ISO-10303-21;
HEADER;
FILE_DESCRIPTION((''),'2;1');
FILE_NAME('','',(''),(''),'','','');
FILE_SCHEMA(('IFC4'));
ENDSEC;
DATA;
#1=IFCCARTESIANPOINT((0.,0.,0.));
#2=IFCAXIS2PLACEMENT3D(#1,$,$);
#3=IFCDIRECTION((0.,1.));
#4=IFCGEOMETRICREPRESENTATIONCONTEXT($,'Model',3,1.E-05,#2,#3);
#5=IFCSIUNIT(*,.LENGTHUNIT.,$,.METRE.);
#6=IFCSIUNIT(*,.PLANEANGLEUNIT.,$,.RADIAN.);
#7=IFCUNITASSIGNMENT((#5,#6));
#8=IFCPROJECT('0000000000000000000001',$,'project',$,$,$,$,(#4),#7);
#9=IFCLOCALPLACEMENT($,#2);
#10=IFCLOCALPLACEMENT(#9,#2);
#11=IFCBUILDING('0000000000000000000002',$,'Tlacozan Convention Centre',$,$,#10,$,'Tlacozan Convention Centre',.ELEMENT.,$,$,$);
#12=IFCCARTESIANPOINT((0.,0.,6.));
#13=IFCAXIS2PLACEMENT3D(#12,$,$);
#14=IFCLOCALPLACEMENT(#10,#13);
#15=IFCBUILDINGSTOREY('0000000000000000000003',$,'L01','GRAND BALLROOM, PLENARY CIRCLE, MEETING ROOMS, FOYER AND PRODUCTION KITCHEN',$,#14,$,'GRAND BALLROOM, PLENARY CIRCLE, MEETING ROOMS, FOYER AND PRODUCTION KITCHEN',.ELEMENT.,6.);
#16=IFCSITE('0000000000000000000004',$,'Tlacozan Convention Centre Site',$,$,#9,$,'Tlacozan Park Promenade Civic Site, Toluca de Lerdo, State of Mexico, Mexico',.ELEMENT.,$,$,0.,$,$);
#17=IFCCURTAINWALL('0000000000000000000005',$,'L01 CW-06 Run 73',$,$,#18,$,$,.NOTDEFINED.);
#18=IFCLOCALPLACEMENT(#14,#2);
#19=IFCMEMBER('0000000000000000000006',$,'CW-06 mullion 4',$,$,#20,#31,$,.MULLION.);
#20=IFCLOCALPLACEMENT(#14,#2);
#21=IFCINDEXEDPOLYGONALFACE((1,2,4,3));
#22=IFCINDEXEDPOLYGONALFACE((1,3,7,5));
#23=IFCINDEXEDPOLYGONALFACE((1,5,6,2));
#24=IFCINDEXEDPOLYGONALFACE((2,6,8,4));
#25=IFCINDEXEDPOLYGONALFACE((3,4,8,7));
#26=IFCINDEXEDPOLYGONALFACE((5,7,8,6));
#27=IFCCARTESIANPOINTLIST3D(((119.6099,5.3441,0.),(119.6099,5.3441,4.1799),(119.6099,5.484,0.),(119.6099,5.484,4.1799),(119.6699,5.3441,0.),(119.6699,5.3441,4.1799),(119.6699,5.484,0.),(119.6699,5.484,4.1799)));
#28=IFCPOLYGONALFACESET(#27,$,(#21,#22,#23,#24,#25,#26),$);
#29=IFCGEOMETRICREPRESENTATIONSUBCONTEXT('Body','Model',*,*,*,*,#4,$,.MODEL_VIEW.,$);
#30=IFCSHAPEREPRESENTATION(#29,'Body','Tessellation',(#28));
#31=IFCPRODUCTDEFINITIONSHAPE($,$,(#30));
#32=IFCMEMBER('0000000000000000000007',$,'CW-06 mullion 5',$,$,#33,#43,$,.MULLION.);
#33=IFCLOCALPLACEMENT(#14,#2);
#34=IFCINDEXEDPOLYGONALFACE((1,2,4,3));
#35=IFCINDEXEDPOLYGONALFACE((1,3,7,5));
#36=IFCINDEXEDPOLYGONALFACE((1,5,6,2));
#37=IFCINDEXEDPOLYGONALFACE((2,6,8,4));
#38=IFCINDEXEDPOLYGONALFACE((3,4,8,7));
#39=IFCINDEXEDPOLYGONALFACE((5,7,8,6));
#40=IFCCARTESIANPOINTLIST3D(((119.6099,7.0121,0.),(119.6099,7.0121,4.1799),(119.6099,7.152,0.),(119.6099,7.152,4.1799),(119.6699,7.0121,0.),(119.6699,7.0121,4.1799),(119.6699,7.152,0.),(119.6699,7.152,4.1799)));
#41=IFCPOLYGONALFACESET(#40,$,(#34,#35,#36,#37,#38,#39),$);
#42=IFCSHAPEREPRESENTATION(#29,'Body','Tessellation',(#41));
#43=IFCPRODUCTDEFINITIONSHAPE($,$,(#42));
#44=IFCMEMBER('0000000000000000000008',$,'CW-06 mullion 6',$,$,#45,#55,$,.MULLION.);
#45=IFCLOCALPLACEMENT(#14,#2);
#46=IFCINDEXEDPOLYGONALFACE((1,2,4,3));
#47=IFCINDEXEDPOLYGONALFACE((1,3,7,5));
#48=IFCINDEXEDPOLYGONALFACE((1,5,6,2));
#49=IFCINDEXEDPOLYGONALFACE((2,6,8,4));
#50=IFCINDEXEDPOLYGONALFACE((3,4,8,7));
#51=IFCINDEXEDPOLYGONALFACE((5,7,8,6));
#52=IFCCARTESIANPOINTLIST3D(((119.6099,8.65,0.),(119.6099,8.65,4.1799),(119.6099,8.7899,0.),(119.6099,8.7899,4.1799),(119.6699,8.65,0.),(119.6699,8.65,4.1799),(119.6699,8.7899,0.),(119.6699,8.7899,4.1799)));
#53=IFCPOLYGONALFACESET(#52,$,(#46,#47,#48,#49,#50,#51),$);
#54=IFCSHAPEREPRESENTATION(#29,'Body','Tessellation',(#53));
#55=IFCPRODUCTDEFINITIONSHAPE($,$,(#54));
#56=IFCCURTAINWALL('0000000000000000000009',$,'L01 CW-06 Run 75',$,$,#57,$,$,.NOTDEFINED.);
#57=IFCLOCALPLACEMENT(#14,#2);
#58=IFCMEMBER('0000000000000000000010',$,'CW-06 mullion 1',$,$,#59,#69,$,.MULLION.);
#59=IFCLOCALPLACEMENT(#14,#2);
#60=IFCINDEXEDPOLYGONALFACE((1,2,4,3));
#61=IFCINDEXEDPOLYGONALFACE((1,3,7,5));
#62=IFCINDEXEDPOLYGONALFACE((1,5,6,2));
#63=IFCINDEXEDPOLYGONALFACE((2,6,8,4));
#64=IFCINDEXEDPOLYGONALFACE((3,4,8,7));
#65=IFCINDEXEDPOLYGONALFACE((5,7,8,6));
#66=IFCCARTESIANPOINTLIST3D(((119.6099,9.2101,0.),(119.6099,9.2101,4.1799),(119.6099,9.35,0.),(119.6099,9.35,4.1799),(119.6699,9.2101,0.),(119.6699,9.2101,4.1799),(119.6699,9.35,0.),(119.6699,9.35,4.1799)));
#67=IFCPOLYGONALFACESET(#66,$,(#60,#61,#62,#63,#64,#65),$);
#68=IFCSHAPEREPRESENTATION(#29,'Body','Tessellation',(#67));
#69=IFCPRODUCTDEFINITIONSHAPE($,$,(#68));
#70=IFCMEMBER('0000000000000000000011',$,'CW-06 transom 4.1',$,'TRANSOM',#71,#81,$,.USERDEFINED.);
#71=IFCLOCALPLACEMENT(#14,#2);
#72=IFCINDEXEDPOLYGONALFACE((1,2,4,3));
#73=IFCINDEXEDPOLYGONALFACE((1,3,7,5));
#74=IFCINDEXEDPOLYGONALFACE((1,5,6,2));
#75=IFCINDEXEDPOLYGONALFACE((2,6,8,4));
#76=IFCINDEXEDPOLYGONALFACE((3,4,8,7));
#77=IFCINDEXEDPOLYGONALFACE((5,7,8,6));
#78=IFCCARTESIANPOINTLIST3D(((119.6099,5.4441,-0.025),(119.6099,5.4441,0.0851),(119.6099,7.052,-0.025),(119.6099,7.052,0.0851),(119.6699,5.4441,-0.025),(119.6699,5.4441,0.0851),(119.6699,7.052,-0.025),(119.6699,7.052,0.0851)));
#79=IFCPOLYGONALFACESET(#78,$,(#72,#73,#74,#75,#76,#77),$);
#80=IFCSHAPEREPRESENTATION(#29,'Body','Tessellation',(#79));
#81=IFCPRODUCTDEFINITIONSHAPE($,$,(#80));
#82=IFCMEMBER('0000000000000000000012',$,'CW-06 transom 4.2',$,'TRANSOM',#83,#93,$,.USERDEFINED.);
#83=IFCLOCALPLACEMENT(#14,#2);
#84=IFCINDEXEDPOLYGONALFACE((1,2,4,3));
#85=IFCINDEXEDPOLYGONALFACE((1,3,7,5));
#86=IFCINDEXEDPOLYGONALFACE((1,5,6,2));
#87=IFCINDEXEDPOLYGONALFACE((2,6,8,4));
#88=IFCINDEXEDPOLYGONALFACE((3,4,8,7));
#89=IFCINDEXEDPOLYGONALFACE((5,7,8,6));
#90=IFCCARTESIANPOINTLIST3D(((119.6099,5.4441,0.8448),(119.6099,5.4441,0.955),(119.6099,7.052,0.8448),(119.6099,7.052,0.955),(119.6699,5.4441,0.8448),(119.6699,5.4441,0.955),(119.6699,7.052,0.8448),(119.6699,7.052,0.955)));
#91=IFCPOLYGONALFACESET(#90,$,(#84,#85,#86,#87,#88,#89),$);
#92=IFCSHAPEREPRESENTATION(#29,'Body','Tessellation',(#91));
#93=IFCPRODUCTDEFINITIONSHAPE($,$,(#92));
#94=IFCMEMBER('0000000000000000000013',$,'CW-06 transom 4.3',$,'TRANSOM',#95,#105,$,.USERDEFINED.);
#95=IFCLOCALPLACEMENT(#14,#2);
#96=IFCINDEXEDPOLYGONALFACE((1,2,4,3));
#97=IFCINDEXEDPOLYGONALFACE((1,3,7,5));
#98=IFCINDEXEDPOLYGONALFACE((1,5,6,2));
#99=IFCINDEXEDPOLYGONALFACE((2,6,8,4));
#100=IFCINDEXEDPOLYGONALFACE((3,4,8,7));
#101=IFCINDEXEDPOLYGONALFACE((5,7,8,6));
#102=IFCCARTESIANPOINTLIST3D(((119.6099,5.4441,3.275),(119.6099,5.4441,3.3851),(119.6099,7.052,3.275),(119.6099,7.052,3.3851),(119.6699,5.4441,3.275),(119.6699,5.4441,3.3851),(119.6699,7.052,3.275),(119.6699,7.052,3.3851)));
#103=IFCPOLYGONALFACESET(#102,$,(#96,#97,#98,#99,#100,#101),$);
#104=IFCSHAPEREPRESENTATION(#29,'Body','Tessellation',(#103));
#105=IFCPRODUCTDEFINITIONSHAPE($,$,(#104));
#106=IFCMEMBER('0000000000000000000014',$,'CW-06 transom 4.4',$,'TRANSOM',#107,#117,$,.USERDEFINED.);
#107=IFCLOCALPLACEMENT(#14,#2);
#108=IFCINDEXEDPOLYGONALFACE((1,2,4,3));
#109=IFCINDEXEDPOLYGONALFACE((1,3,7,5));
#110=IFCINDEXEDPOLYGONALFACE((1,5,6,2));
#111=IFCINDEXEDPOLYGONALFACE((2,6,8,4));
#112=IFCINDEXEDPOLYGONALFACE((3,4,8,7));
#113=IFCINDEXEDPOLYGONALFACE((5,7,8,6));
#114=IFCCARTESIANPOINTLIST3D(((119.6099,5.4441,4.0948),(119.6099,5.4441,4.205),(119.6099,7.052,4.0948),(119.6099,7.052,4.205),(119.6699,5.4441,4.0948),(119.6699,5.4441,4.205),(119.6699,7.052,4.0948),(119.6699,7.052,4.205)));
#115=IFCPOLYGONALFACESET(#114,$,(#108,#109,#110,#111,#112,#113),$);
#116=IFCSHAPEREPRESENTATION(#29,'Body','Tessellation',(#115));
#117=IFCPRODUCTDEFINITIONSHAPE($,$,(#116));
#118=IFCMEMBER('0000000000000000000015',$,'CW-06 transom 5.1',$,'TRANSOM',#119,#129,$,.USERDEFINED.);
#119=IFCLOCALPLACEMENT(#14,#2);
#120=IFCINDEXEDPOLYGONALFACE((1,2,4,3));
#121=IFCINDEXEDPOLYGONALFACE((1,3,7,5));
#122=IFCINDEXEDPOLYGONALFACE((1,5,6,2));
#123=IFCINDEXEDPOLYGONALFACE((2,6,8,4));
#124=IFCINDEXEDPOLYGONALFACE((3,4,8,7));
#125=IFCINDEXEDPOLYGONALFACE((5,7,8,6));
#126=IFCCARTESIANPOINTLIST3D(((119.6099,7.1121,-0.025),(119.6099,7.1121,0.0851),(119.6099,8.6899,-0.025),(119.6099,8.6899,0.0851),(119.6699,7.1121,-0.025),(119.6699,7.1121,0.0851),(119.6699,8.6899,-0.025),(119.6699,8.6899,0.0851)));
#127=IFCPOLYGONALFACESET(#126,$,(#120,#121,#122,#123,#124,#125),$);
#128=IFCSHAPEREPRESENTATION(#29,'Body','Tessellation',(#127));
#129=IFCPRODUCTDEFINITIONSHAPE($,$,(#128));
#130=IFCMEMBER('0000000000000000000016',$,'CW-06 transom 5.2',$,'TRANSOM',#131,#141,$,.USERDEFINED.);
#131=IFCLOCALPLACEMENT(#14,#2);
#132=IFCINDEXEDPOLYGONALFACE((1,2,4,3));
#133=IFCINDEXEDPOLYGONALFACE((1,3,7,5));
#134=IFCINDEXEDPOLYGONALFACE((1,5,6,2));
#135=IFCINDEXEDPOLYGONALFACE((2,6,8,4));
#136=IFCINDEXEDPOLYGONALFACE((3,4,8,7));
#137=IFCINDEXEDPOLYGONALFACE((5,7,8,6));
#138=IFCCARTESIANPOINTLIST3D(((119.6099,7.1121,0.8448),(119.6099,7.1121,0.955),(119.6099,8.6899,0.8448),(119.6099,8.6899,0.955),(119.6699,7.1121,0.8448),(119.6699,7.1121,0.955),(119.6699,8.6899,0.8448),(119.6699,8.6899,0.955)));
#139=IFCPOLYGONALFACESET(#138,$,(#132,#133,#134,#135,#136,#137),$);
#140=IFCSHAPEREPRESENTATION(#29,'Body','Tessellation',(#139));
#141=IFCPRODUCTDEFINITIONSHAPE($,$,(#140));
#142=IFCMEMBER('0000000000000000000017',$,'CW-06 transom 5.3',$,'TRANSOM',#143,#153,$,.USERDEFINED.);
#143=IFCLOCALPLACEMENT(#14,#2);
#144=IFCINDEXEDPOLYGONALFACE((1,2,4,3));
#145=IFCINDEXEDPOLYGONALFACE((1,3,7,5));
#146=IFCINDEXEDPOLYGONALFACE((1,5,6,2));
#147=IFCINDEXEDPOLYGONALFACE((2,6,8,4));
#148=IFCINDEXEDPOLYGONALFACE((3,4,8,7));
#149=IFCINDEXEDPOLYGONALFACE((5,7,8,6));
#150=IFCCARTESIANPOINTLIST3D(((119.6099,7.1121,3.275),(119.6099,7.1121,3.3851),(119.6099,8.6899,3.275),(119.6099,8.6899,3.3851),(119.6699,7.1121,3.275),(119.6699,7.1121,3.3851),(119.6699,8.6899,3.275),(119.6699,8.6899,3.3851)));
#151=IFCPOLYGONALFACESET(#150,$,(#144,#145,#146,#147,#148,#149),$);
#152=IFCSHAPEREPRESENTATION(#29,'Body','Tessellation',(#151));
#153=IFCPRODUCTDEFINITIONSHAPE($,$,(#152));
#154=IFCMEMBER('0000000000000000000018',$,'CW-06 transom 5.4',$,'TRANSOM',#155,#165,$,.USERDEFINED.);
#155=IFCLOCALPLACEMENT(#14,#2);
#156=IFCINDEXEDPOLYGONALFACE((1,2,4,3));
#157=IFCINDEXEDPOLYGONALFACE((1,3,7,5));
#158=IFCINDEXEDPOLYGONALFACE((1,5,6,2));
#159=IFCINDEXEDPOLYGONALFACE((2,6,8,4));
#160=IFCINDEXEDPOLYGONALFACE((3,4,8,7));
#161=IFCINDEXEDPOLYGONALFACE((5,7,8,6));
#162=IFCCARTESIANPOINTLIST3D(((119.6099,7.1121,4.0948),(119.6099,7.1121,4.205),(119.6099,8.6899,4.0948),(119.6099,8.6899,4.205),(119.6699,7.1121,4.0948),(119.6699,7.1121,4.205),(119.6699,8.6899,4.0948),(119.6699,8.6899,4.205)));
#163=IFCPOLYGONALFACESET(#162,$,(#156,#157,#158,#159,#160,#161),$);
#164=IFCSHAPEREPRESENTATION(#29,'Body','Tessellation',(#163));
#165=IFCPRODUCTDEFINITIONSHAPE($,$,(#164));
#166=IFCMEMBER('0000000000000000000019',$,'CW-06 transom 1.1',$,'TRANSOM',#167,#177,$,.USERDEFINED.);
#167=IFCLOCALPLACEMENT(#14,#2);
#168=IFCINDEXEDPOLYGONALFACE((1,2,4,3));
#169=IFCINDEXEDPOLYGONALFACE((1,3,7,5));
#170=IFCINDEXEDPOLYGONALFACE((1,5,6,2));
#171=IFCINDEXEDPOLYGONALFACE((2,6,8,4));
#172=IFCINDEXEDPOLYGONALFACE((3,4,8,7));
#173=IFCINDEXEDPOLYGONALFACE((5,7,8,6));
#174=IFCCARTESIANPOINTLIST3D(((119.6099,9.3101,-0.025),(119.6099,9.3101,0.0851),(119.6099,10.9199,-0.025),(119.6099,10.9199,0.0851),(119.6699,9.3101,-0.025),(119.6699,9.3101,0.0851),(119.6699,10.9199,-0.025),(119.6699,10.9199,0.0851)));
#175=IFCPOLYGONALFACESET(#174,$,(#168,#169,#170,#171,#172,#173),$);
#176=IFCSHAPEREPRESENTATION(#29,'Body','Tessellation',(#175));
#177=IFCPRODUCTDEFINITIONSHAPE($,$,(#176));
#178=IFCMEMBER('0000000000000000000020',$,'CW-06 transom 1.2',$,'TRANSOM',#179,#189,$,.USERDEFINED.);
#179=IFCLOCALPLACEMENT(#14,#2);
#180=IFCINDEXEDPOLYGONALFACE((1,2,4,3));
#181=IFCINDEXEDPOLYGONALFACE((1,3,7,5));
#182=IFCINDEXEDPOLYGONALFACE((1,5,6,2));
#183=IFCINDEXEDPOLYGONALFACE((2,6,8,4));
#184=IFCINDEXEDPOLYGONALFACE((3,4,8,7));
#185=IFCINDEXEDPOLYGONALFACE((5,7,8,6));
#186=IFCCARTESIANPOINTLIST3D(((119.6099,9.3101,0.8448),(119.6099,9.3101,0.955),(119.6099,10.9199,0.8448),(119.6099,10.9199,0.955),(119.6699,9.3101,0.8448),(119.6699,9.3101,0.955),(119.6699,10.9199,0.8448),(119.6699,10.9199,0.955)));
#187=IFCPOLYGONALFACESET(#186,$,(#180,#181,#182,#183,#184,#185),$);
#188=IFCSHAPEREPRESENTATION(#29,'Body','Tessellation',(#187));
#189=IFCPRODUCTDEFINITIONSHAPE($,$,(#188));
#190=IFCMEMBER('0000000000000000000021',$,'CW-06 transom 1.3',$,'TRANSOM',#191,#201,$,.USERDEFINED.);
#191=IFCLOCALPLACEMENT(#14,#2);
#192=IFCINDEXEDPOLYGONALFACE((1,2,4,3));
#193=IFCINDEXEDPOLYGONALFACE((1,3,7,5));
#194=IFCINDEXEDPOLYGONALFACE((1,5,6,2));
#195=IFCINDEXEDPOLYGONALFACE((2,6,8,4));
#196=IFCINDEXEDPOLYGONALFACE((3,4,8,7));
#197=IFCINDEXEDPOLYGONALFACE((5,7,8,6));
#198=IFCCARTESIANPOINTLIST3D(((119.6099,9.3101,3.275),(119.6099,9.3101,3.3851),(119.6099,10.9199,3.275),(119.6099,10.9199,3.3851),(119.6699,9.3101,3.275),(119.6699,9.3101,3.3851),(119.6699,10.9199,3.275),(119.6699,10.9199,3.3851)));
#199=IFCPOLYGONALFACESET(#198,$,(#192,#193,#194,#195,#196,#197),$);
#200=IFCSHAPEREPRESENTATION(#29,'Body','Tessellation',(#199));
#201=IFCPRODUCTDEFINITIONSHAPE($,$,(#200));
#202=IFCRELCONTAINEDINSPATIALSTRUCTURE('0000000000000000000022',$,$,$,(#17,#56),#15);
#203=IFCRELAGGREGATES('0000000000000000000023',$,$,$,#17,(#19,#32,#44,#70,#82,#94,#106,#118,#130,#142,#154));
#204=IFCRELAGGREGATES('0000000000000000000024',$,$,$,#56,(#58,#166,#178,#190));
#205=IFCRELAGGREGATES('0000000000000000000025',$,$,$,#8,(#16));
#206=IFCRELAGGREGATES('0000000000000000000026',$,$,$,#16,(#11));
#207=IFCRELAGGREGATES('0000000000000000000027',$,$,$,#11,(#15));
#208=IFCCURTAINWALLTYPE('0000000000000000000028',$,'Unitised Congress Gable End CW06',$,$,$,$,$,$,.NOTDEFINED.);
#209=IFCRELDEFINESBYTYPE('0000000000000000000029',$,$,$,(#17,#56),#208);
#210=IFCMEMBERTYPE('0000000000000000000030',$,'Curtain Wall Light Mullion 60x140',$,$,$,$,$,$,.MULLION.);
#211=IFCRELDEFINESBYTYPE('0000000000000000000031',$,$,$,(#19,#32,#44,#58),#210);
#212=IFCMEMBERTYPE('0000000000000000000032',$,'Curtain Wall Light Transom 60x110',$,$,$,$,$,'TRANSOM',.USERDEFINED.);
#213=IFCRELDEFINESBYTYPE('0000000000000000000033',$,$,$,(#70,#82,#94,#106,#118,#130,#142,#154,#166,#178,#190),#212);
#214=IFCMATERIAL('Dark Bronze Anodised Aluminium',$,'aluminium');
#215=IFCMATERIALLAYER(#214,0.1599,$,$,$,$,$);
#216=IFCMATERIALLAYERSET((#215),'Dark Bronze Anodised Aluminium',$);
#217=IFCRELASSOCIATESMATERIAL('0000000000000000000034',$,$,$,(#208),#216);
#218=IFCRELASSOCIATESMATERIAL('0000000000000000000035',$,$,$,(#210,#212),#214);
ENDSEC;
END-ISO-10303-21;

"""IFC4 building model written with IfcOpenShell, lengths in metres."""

from ifc_helpers import new_model, si_unit, direction, frame, origin, origin_2d, place, context, subcontext, project, spatial, rectangle, extrude, material, layer, layer_set, material_profile, profile_set, type_object, element, aggregate, save


model = new_model("IFC4")

# Units and contexts
model_context = context("Model", 3, precision=1e-05, world=origin(), true_north=direction((0.0, 1.0)))
body_context = subcontext(model_context, "Body", "Model", "MODEL_VIEW")
ifc_project = project(units=[si_unit("LENGTHUNIT", "METRE"), si_unit("PLANEANGLEUNIT", "RADIAN")], contexts=[model_context])

# Site, building, storey
site_placement = place(None, origin())
site = spatial("IfcSite", under=ifc_project, at=site_placement, Name="Tlacozan Convention Centre Site", LongName="Tlacozan Park Promenade Civic Site, Toluca de Lerdo, State of Mexico, Mexico", CompositionType="ELEMENT", RefElevation=0.0)
building_placement = place(site_placement, origin())
building = spatial("IfcBuilding", under=site, at=building_placement, Name="Tlacozan Convention Centre", LongName="Tlacozan Convention Centre", CompositionType="ELEMENT")
storey_placement = place(building_placement, frame((0.0, 0.0, 6.0)))
storey = spatial("IfcBuildingStorey", under=building, at=storey_placement, Name="L01", Description="GRAND BALLROOM, PLENARY CIRCLE, MEETING ROOMS, FOYER AND PRODUCTION KITCHEN", LongName="GRAND BALLROOM, PLENARY CIRCLE, MEETING ROOMS, FOYER AND PRODUCTION KITCHEN", CompositionType="ELEMENT", Elevation=6.0)

# Curtain wall, members
ifc_material_1 = material(Name="Dark Bronze Anodised Aluminium", Category="aluminium")
ifc_layer_1 = layer(ifc_material_1, 0.1599)
ifc_layer_set_1 = layer_set([ifc_layer_1], Name="Dark Bronze Anodised Aluminium")
curtain_wall_type = type_object("IfcCurtainWallType", Name="Unitised Congress Gable End CW06", PredefinedType="NOTDEFINED", material=ifc_layer_set_1)
curtain_wall_1_placement = place(storey_placement, origin())
curtain_wall_1 = element("IfcCurtainWall", 1, at=curtain_wall_1_placement, inside=storey, type_object=curtain_wall_type, Name="L01 CW-06 Run 73", PredefinedType="NOTDEFINED")
ifc_material_profile_1 = material_profile(ifc_material_1, rectangle(XDim=0.0601, YDim=0.1399, at=origin_2d()), Name="ALU 60x140")
ifc_profile_set_1 = profile_set([ifc_material_profile_1], Name="Dark Bronze Anodised Aluminium")
member_type_1 = type_object("IfcMemberType", Name="Curtain Wall Light Mullion 60x140", PredefinedType="MULLION", material=ifc_profile_set_1)
member_1_placement = place(storey_placement, frame((119.6399, 5.4141, 0.0), z_axis=(0.0, 0.0, 1.0), x_axis=(-1.0, 0.0, 0.0)))
member_1 = element("IfcMember", 2, at=member_1_placement, type_object=member_type_1, Name="CW-06 mullion 4", PredefinedType="MULLION", context=body_context, shape_type="SweptSolid", body=[
    extrude(rectangle(XDim=0.0601, YDim=0.1399, at=origin_2d()), origin(), (0.0, 0.0, 1.0), 4.1799),
])
member_2_placement = place(storey_placement, frame((119.6399, 7.082, 0.0), z_axis=(0.0, 0.0, 1.0), x_axis=(-1.0, 0.0, 0.0)))
member_2 = element("IfcMember", 3, at=member_2_placement, type_object=member_type_1, Name="CW-06 mullion 5", PredefinedType="MULLION", context=body_context, shape_type="SweptSolid", body=[
    extrude(rectangle(XDim=0.0601, YDim=0.1399, at=origin_2d()), origin(), (0.0, 0.0, 1.0), 4.1799),
])
member_3_placement = place(storey_placement, frame((119.6399, 8.72, 0.0), z_axis=(0.0, 0.0, 1.0), x_axis=(-1.0, 0.0, 0.0)))
member_3 = element("IfcMember", 4, at=member_3_placement, type_object=member_type_1, Name="CW-06 mullion 6", PredefinedType="MULLION", context=body_context, shape_type="SweptSolid", body=[
    extrude(rectangle(XDim=0.0601, YDim=0.1399, at=origin_2d()), origin(), (0.0, 0.0, 1.0), 4.1799),
])

# Curtain wall, member
curtain_wall_2_placement = place(storey_placement, origin())
curtain_wall_2 = element("IfcCurtainWall", 5, at=curtain_wall_2_placement, inside=storey, type_object=curtain_wall_type, Name="L01 CW-06 Run 75", PredefinedType="NOTDEFINED")
member_4_placement = place(storey_placement, frame((119.6399, 9.28, 0.0), z_axis=(0.0, 0.0, 1.0), x_axis=(-1.0, 0.0, 0.0)))
member_4 = element("IfcMember", 6, at=member_4_placement, type_object=member_type_1, Name="CW-06 mullion 1", PredefinedType="MULLION", context=body_context, shape_type="SweptSolid", body=[
    extrude(rectangle(XDim=0.0601, YDim=0.1399, at=origin_2d()), origin(), (0.0, 0.0, 1.0), 4.1799),
])

# Members
ifc_material_profile_2 = material_profile(ifc_material_1, rectangle(XDim=0.0601, YDim=0.1101, at=origin_2d()), Name="ALU 60x110")
ifc_profile_set_2 = profile_set([ifc_material_profile_2], Name="Dark Bronze Anodised Aluminium")
member_type_2 = type_object("IfcMemberType", Name="Curtain Wall Light Transom 60x110", ElementType="TRANSOM", PredefinedType="USERDEFINED", material=ifc_profile_set_2)
member_5_placement = place(storey_placement, frame((119.6399, 5.4441, 0.03), z_axis=(0.0, 1.0, 0.0), x_axis=(-1.0, 0.0, 0.0)))
member_5 = element("IfcMember", 7, at=member_5_placement, type_object=member_type_2, Name="CW-06 transom 4.1", ObjectType="TRANSOM", PredefinedType="USERDEFINED", context=body_context, shape_type="SweptSolid", body=[
    extrude(rectangle(XDim=0.0601, YDim=0.1101, at=origin_2d()), origin(), (0.0, 0.0, 1.0), 1.6079),
])
member_6_placement = place(storey_placement, frame((119.6399, 5.4441, 0.8999), z_axis=(0.0, 1.0, 0.0), x_axis=(-1.0, 0.0, 0.0)))
member_6 = element("IfcMember", 8, at=member_6_placement, type_object=member_type_2, Name="CW-06 transom 4.2", ObjectType="TRANSOM", PredefinedType="USERDEFINED", context=body_context, shape_type="SweptSolid", body=[
    extrude(rectangle(XDim=0.0601, YDim=0.1101, at=origin_2d()), origin(), (0.0, 0.0, 1.0), 1.6079),
])
member_7_placement = place(storey_placement, frame((119.6399, 5.4441, 3.3301), z_axis=(0.0, 1.0, 0.0), x_axis=(-1.0, 0.0, 0.0)))
member_7 = element("IfcMember", 9, at=member_7_placement, type_object=member_type_2, Name="CW-06 transom 4.3", ObjectType="TRANSOM", PredefinedType="USERDEFINED", context=body_context, shape_type="SweptSolid", body=[
    extrude(rectangle(XDim=0.0601, YDim=0.1101, at=origin_2d()), origin(), (0.0, 0.0, 1.0), 1.6079),
])
member_8_placement = place(storey_placement, frame((119.6399, 5.4441, 4.1499), z_axis=(0.0, 1.0, 0.0), x_axis=(-1.0, 0.0, 0.0)))
member_8 = element("IfcMember", 10, at=member_8_placement, type_object=member_type_2, Name="CW-06 transom 4.4", ObjectType="TRANSOM", PredefinedType="USERDEFINED", context=body_context, shape_type="SweptSolid", body=[
    extrude(rectangle(XDim=0.0601, YDim=0.1101, at=origin_2d()), origin(), (0.0, 0.0, 1.0), 1.6079),
])
member_9_placement = place(storey_placement, frame((119.6399, 7.1121, 0.03), z_axis=(0.0, 1.0, 0.0), x_axis=(-1.0, 0.0, 0.0)))
member_9 = element("IfcMember", 11, at=member_9_placement, type_object=member_type_2, Name="CW-06 transom 5.1", ObjectType="TRANSOM", PredefinedType="USERDEFINED", context=body_context, shape_type="SweptSolid", body=[
    extrude(rectangle(XDim=0.0601, YDim=0.1101, at=origin_2d()), origin(), (0.0, 0.0, 1.0), 1.5779),
])
member_10_placement = place(storey_placement, frame((119.6399, 7.1121, 0.8999), z_axis=(0.0, 1.0, 0.0), x_axis=(-1.0, 0.0, 0.0)))
member_10 = element("IfcMember", 12, at=member_10_placement, type_object=member_type_2, Name="CW-06 transom 5.2", ObjectType="TRANSOM", PredefinedType="USERDEFINED", context=body_context, shape_type="SweptSolid", body=[
    extrude(rectangle(XDim=0.0601, YDim=0.1101, at=origin_2d()), origin(), (0.0, 0.0, 1.0), 1.5779),
])
member_11_placement = place(storey_placement, frame((119.6399, 7.1121, 3.3301), z_axis=(0.0, 1.0, 0.0), x_axis=(-1.0, 0.0, 0.0)))
member_11 = element("IfcMember", 13, at=member_11_placement, type_object=member_type_2, Name="CW-06 transom 5.3", ObjectType="TRANSOM", PredefinedType="USERDEFINED", context=body_context, shape_type="SweptSolid", body=[
    extrude(rectangle(XDim=0.0601, YDim=0.1101, at=origin_2d()), origin(), (0.0, 0.0, 1.0), 1.5779),
])
member_12_placement = place(storey_placement, frame((119.6399, 7.1121, 4.1499), z_axis=(0.0, 1.0, 0.0), x_axis=(-1.0, 0.0, 0.0)))
member_12 = element("IfcMember", 14, at=member_12_placement, type_object=member_type_2, Name="CW-06 transom 5.4", ObjectType="TRANSOM", PredefinedType="USERDEFINED", context=body_context, shape_type="SweptSolid", body=[
    extrude(rectangle(XDim=0.0601, YDim=0.1101, at=origin_2d()), origin(), (0.0, 0.0, 1.0), 1.5779),
])
member_13_placement = place(storey_placement, frame((119.6399, 9.3101, 0.03), z_axis=(0.0, 1.0, 0.0), x_axis=(-1.0, 0.0, 0.0)))
member_13 = element("IfcMember", 15, at=member_13_placement, type_object=member_type_2, Name="CW-06 transom 1.1", ObjectType="TRANSOM", PredefinedType="USERDEFINED", context=body_context, shape_type="SweptSolid", body=[
    extrude(rectangle(XDim=0.0601, YDim=0.1101, at=origin_2d()), origin(), (0.0, 0.0, 1.0), 1.6099),
])
member_14_placement = place(storey_placement, frame((119.6399, 9.3101, 0.8999), z_axis=(0.0, 1.0, 0.0), x_axis=(-1.0, 0.0, 0.0)))
member_14 = element("IfcMember", 16, at=member_14_placement, type_object=member_type_2, Name="CW-06 transom 1.2", ObjectType="TRANSOM", PredefinedType="USERDEFINED", context=body_context, shape_type="SweptSolid", body=[
    extrude(rectangle(XDim=0.0601, YDim=0.1101, at=origin_2d()), origin(), (0.0, 0.0, 1.0), 1.6099),
])
member_15_placement = place(storey_placement, frame((119.6399, 9.3101, 3.3301), z_axis=(0.0, 1.0, 0.0), x_axis=(-1.0, 0.0, 0.0)))
member_15 = element("IfcMember", 17, at=member_15_placement, type_object=member_type_2, Name="CW-06 transom 1.3", ObjectType="TRANSOM", PredefinedType="USERDEFINED", context=body_context, shape_type="SweptSolid", body=[
    extrude(rectangle(XDim=0.0601, YDim=0.1101, at=origin_2d()), origin(), (0.0, 0.0, 1.0), 1.6099),
])

aggregate(curtain_wall_1, [member_1, member_2, member_3, member_5, member_6, member_7, member_8, member_9, member_10, member_11, member_12])
aggregate(curtain_wall_2, [member_4, member_13, member_14, member_15])

save(model, "model.ifc")
